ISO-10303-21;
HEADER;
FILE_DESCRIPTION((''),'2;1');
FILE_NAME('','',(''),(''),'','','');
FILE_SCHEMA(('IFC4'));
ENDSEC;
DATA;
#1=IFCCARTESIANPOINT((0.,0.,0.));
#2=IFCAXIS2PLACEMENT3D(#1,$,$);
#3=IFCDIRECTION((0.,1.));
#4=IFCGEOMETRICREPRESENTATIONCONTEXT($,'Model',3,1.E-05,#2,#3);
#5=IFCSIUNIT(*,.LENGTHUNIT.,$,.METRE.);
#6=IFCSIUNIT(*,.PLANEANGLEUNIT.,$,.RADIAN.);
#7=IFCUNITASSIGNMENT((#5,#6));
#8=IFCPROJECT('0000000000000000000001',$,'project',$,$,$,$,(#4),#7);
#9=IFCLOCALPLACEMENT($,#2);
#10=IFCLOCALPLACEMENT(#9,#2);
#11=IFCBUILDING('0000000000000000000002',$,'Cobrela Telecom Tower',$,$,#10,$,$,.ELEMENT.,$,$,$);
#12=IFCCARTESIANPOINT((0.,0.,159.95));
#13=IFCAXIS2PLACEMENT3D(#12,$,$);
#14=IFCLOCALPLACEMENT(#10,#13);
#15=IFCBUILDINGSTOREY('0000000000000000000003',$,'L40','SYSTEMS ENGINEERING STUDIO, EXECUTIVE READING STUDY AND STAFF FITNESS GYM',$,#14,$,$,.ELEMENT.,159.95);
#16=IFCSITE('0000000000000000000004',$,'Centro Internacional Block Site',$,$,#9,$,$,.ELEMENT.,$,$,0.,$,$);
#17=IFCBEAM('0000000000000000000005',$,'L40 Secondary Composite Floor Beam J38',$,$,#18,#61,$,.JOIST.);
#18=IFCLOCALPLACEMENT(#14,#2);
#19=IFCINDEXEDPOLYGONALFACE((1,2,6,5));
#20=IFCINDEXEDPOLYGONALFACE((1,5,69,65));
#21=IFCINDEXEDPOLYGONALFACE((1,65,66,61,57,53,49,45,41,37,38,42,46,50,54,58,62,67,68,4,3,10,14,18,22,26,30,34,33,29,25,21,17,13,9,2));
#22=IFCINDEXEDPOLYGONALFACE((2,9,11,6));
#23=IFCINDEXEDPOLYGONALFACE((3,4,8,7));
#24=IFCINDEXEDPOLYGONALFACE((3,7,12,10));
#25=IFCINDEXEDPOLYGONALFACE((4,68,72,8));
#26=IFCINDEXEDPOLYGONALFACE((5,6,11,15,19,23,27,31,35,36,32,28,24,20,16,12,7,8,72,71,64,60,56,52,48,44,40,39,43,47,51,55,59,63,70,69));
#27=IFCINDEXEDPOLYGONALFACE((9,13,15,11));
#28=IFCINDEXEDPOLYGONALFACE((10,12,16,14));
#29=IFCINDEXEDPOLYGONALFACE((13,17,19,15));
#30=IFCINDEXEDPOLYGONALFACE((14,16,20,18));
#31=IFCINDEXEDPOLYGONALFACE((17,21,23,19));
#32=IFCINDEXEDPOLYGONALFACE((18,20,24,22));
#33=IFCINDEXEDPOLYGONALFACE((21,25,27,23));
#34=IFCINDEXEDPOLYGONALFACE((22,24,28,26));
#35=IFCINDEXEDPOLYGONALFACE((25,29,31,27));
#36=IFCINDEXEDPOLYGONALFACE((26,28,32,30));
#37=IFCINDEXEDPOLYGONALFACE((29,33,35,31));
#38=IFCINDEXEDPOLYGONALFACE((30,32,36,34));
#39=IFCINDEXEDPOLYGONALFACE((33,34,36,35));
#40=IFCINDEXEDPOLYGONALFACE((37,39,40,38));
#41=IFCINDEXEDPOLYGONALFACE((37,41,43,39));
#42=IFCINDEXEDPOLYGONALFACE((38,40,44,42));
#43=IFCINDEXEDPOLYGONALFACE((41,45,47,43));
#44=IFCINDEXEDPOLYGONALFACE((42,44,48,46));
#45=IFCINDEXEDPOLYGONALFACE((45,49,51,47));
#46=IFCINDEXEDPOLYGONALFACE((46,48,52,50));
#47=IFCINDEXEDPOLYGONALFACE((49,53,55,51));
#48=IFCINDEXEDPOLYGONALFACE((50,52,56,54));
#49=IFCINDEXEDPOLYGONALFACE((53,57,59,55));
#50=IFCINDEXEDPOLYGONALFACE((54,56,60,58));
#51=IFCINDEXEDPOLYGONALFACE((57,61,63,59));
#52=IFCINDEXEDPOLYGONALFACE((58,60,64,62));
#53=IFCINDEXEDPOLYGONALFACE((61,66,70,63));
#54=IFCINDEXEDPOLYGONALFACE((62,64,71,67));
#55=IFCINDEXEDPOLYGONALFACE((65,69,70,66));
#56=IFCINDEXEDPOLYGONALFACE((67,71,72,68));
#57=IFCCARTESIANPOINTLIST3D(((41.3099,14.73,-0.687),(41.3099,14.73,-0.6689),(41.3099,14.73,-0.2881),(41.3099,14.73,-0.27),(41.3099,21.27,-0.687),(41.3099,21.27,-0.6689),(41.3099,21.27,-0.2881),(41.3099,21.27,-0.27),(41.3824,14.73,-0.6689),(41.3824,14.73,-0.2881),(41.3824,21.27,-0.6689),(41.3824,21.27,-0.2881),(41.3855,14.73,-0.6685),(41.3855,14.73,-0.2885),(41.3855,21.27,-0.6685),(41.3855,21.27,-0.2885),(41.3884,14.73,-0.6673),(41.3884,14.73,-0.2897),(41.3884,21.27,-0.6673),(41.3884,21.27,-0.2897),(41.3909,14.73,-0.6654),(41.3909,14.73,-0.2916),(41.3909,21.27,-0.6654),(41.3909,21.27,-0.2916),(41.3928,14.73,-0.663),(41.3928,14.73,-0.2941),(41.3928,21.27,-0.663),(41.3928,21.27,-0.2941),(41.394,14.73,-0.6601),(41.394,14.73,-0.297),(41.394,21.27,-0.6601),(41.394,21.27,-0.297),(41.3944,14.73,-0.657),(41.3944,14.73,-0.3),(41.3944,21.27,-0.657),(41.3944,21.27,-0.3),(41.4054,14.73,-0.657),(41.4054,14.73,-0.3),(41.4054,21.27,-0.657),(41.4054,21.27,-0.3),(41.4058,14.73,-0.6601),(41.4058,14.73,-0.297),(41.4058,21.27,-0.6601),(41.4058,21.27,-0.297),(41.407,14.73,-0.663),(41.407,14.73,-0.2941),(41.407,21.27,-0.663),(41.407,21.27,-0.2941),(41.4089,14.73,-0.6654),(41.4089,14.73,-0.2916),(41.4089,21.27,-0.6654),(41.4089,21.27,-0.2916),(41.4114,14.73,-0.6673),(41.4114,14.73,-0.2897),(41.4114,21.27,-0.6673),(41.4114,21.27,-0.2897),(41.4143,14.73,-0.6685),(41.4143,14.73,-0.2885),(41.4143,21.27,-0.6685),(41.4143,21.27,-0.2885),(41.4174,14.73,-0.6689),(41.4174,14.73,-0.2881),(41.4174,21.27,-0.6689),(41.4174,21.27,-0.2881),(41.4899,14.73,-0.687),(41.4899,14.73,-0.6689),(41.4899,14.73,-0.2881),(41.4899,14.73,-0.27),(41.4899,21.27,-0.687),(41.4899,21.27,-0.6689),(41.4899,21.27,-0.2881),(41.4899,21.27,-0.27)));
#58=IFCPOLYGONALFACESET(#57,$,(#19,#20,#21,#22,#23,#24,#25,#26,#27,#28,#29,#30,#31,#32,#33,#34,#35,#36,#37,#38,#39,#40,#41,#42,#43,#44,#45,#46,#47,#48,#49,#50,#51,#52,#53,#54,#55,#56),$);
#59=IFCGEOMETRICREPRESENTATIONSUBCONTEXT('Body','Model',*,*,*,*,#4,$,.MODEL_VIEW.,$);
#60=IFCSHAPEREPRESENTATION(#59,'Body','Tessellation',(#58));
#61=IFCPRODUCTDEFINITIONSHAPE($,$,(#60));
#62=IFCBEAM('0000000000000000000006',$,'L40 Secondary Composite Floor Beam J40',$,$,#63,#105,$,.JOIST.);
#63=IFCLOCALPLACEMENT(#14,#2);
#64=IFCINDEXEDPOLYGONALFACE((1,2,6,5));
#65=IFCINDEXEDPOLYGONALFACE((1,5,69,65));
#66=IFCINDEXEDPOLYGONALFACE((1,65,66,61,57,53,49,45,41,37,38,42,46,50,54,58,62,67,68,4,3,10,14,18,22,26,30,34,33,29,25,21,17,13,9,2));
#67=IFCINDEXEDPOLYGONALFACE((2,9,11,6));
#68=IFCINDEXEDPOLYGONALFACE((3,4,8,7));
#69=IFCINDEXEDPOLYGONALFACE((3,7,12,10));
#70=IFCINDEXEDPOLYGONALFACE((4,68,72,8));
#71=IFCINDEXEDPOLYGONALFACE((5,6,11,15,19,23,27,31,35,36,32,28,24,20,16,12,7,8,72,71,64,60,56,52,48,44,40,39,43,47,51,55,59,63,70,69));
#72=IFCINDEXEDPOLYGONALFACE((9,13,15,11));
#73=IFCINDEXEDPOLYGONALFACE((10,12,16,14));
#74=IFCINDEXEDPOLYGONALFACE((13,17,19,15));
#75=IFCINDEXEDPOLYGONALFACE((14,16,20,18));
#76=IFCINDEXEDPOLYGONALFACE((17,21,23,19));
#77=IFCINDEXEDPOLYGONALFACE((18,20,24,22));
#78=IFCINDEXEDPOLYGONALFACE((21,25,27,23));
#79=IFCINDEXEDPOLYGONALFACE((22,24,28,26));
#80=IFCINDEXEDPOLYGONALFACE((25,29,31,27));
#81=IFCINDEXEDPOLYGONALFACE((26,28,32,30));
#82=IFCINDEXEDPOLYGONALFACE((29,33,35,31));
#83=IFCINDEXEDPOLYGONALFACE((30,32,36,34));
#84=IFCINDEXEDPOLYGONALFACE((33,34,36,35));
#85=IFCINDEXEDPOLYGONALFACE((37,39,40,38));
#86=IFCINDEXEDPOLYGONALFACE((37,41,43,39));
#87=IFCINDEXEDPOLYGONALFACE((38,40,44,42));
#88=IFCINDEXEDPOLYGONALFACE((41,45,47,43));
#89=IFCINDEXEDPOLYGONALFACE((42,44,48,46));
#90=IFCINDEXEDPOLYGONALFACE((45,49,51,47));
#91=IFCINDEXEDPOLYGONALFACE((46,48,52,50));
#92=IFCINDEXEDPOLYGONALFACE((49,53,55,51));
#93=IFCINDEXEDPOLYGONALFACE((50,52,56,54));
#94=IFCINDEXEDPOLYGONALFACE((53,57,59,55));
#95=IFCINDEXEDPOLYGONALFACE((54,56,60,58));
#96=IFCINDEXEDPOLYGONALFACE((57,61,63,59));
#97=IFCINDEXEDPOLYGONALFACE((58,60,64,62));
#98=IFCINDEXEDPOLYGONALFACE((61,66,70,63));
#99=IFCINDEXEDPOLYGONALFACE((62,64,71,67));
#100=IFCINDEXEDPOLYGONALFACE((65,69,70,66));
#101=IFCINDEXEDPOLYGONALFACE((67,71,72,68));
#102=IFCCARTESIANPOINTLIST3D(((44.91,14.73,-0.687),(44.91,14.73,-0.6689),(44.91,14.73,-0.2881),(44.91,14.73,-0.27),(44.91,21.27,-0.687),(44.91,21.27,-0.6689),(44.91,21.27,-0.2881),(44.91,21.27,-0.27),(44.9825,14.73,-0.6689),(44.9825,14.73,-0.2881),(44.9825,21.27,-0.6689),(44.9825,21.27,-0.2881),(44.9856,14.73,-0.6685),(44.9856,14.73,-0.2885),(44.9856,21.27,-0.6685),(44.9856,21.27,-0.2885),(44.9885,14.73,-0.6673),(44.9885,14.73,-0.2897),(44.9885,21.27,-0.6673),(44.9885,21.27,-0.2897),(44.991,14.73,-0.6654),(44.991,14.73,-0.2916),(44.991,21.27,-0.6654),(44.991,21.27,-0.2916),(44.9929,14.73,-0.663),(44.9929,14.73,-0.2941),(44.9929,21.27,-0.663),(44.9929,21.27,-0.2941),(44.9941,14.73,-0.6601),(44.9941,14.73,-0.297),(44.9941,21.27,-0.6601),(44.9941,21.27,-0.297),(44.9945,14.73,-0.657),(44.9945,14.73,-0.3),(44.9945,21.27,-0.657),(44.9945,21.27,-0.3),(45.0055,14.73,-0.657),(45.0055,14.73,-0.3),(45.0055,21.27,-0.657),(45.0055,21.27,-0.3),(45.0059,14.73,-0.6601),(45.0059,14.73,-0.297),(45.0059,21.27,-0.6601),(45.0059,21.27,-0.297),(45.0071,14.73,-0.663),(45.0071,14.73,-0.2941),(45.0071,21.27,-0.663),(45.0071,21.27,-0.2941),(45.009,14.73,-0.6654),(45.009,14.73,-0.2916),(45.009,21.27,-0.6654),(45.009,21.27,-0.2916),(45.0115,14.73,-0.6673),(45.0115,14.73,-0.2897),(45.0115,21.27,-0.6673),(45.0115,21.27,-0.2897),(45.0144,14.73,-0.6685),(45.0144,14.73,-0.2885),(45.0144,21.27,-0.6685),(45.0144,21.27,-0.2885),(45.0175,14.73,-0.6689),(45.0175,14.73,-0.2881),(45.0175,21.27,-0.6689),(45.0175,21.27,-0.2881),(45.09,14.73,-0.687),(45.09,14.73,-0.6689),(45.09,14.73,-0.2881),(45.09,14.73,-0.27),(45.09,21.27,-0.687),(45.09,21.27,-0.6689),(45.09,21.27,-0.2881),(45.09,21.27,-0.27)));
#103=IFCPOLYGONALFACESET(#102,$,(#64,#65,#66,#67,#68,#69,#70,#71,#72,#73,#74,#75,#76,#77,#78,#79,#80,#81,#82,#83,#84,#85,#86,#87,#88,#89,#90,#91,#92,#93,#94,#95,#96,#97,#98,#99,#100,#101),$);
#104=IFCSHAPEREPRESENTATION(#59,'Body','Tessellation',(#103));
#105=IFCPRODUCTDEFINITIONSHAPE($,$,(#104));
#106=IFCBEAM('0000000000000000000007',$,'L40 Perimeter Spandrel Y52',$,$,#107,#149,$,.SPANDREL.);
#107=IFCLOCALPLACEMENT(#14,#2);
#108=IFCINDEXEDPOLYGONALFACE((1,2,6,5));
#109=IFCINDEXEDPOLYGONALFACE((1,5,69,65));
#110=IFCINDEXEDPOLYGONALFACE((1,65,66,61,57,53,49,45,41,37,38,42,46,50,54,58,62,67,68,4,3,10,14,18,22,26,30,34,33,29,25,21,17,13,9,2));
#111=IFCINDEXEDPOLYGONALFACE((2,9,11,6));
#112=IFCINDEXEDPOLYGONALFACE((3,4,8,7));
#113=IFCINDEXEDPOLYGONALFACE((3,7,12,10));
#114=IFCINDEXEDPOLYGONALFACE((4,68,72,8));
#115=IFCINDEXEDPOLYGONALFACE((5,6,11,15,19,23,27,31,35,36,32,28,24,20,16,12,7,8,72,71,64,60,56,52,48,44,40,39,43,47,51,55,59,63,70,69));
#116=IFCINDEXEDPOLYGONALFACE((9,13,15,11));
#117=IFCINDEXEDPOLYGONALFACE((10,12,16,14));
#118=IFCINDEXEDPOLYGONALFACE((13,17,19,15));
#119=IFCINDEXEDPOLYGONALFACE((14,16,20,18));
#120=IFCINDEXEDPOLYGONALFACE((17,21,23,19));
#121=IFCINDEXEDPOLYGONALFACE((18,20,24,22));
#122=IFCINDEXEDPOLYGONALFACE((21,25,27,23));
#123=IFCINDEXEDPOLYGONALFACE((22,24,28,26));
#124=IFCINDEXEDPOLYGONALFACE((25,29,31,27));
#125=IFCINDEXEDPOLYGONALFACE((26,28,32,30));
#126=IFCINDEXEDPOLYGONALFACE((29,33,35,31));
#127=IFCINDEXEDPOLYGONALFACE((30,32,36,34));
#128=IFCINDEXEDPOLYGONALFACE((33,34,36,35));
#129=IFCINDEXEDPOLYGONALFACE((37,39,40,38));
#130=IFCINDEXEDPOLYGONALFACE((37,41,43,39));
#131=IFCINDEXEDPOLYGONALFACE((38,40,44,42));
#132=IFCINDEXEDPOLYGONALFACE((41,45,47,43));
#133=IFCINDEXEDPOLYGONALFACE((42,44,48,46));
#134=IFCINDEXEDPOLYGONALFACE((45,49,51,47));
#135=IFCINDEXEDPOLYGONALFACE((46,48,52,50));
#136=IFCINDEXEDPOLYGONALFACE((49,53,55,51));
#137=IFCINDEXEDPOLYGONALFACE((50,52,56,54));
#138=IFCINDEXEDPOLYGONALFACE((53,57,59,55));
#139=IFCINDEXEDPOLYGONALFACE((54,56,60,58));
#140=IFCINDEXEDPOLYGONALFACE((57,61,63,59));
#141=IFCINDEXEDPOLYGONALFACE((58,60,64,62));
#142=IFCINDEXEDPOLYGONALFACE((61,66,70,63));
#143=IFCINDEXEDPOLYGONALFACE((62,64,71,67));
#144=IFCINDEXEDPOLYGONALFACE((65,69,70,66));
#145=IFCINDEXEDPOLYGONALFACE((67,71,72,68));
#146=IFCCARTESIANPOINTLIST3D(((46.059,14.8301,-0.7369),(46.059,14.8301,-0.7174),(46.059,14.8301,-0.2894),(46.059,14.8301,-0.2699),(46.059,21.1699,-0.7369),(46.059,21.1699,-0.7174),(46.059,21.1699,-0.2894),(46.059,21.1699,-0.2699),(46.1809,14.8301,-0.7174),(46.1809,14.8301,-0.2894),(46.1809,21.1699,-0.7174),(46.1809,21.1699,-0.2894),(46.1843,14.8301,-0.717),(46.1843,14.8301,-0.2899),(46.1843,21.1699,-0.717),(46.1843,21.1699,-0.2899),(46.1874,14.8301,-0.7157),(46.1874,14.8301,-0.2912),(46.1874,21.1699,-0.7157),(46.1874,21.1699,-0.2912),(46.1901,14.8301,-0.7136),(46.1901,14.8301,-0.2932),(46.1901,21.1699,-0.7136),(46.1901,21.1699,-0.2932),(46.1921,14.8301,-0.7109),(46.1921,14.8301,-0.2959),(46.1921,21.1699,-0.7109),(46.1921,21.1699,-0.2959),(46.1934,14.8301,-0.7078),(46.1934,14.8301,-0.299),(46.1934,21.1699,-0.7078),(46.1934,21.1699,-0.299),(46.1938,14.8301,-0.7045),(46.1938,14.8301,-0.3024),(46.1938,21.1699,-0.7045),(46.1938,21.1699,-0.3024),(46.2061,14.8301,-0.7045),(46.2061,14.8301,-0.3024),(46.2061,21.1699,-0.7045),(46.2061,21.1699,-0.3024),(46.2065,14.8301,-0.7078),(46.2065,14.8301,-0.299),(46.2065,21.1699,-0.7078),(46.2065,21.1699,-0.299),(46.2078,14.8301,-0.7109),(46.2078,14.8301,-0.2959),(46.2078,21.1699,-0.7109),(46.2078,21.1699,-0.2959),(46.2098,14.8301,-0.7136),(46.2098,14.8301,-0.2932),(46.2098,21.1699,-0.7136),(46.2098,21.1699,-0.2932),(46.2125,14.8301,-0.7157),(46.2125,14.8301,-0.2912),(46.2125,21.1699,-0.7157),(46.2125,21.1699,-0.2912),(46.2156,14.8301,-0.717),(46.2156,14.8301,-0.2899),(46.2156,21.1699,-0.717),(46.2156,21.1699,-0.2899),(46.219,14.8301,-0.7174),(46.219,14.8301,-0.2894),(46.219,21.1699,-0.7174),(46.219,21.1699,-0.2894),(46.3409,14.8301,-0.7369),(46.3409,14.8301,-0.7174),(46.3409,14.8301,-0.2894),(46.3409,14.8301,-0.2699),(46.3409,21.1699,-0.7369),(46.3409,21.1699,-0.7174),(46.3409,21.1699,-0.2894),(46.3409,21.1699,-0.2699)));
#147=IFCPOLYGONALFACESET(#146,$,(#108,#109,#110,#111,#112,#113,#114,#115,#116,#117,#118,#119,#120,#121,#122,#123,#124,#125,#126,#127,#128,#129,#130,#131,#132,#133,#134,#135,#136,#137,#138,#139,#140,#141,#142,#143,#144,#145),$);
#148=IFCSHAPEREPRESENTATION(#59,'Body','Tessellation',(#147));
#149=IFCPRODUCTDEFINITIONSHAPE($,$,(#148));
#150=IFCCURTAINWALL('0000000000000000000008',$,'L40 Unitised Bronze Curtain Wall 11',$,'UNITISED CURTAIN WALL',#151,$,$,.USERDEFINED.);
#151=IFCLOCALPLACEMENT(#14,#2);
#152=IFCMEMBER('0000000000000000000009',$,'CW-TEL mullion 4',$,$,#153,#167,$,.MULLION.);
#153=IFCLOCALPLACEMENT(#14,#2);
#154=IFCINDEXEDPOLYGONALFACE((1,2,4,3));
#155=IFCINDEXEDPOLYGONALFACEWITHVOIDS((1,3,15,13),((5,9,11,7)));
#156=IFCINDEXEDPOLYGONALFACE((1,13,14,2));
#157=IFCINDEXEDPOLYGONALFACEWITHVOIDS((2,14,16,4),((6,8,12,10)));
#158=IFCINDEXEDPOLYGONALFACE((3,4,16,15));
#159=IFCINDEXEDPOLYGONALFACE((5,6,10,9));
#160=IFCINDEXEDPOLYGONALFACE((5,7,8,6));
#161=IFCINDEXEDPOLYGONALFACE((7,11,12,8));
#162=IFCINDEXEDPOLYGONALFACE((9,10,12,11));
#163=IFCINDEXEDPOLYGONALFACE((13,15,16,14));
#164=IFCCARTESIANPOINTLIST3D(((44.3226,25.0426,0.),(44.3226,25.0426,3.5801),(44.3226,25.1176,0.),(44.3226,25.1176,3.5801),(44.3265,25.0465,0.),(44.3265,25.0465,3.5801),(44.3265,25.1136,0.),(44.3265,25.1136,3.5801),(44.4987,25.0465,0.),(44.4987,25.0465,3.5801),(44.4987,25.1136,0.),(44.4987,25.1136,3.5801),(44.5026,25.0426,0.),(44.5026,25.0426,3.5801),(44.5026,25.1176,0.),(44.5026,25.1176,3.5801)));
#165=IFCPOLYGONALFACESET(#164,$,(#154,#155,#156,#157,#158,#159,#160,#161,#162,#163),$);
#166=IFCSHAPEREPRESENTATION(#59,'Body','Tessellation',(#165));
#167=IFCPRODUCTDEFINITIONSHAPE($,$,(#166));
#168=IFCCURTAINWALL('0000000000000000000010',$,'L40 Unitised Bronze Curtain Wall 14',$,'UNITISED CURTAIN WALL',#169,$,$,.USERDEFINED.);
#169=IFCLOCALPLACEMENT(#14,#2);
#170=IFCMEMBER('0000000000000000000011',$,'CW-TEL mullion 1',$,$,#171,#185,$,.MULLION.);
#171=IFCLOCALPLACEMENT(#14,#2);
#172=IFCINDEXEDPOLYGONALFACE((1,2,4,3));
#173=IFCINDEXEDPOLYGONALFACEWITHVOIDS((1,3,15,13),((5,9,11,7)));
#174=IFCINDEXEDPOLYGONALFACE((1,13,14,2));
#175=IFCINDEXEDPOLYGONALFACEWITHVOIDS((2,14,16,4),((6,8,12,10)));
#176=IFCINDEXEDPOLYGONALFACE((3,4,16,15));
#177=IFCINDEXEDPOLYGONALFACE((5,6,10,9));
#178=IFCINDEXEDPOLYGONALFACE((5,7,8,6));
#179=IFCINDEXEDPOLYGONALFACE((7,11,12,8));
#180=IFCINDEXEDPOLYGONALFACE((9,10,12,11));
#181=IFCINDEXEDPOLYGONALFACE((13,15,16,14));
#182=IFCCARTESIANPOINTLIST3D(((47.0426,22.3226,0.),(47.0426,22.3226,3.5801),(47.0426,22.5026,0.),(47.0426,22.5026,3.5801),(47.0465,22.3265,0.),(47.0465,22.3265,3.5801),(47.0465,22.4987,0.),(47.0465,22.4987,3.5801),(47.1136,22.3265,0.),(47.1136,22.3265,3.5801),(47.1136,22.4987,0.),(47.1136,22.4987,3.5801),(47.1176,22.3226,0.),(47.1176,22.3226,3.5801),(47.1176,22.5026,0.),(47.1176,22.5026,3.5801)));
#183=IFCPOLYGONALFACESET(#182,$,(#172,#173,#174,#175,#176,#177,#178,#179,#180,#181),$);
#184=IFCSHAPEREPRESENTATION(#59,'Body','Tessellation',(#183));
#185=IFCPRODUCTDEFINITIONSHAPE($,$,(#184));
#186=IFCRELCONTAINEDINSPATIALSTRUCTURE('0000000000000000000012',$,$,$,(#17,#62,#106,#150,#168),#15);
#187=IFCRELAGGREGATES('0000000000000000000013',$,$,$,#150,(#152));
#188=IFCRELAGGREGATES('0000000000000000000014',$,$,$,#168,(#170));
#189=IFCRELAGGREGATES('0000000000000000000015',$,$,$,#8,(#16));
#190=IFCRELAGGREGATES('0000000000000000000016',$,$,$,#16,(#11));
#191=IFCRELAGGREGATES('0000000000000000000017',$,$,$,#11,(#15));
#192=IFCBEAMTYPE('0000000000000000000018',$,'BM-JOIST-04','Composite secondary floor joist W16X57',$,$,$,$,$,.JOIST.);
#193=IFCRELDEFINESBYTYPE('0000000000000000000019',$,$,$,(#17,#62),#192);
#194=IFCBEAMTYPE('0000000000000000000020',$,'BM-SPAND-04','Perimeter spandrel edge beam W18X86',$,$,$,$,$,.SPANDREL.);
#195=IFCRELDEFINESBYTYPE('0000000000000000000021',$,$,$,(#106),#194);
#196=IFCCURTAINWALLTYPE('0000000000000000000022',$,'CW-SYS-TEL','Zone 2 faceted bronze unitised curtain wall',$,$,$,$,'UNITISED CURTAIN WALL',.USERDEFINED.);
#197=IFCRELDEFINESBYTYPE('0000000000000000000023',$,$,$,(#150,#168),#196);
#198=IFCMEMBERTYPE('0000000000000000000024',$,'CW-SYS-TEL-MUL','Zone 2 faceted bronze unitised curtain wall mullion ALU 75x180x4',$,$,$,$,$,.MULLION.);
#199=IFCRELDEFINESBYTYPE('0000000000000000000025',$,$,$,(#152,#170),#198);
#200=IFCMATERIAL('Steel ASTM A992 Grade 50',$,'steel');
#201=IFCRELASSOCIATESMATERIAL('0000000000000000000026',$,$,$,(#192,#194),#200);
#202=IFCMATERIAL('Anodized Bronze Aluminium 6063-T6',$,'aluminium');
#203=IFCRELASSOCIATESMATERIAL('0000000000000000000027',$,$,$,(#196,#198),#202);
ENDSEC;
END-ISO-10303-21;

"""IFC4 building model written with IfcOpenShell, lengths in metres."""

from ifc_helpers import new_model, si_unit, direction, frame, origin, origin_2d, place, context, subcontext, project, spatial, hollow_rectangle, i_section, extrude, material, material_profile, profile_set, type_object, element, aggregate, save


model = new_model("IFC4")

# Units and contexts
model_context = context("Model", 3, precision=1e-05, world=origin(), true_north=direction((0.0, 1.0)))
body_context = subcontext(model_context, "Body", "Model", "MODEL_VIEW")
ifc_project = project(units=[si_unit("LENGTHUNIT", "METRE"), si_unit("PLANEANGLEUNIT", "RADIAN")], contexts=[model_context])

# Site, building, storey
site_placement = place(None, origin())
site = spatial("IfcSite", under=ifc_project, at=site_placement, Name="Centro Internacional Block Site", CompositionType="ELEMENT", RefElevation=0.0)
building_placement = place(site_placement, origin())
building = spatial("IfcBuilding", under=site, at=building_placement, Name="Cobrela Telecom Tower", CompositionType="ELEMENT")
storey_placement = place(building_placement, frame((0.0, 0.0, 159.95)))
storey = spatial("IfcBuildingStorey", under=building, at=storey_placement, Name="L40", Description="SYSTEMS ENGINEERING STUDIO, EXECUTIVE READING STUDY AND STAFF FITNESS GYM", CompositionType="ELEMENT", Elevation=159.95)

# Beams
ifc_material_1 = material(Name="Steel ASTM A992 Grade 50", Category="steel")
ifc_material_profile_1 = material_profile(ifc_material_1, i_section(OverallWidth=0.1799, OverallDepth=0.417, WebThickness=0.011, FlangeThickness=0.0181, FilletRadius=0.012, at=origin_2d()), Name="W16X57")
ifc_profile_set_1 = profile_set([ifc_material_profile_1], Name="Steel ASTM A992 Grade 50")
beam_type_1 = type_object("IfcBeamType", Name="BM-JOIST-04", Description="Composite secondary floor joist W16X57", PredefinedType="JOIST", material=ifc_profile_set_1)
for number, where, z_axis, x_axis, name in (
    (1, (41.3999, 14.73, -0.4785), (0.0, 1.0, 0.0), (-1.0, 0.0, 0.0), "L40 Secondary Composite Floor Beam J38"),
    (2, (45.0, 14.73, -0.4785), (0.0, 1.0, 0.0), (-1.0, 0.0, 0.0), "L40 Secondary Composite Floor Beam J40"),
):
    element("IfcBeam", number, at=place(storey_placement, frame(where, z_axis=z_axis, x_axis=x_axis)), inside=storey, type_object=beam_type_1, Name=name, PredefinedType="JOIST", context=body_context, shape_type="SweptSolid", body=[
        extrude(i_section(OverallWidth=0.1799, OverallDepth=0.417, WebThickness=0.011, FlangeThickness=0.0181, FilletRadius=0.012, at=origin_2d()), origin(), (0.0, 0.0, 1.0), 6.54),
    ])
ifc_material_profile_2 = material_profile(ifc_material_1, i_section(OverallWidth=0.282, OverallDepth=0.467, WebThickness=0.0122, FlangeThickness=0.0195, FilletRadius=0.0129, at=origin_2d()), Name="W18X86")
ifc_profile_set_2 = profile_set([ifc_material_profile_2], Name="Steel ASTM A992 Grade 50")
beam_type_2 = type_object("IfcBeamType", Name="BM-SPAND-04", Description="Perimeter spandrel edge beam W18X86", PredefinedType="SPANDREL", material=ifc_profile_set_2)
beam_1_placement = place(storey_placement, frame((46.2, 14.8301, -0.5034), z_axis=(0.0, 1.0, 0.0), x_axis=(-1.0, 0.0, 0.0)))
element("IfcBeam", 3, at=beam_1_placement, inside=storey, type_object=beam_type_2, Name="L40 Perimeter Spandrel Y52", PredefinedType="SPANDREL", context=body_context, shape_type="SweptSolid", body=[
    extrude(i_section(OverallWidth=0.282, OverallDepth=0.467, WebThickness=0.0122, FlangeThickness=0.0195, FilletRadius=0.0129, at=origin_2d()), origin(), (0.0, 0.0, 1.0), 6.3398),
])

# Curtain wall, member
ifc_material_2 = material(Name="Anodized Bronze Aluminium 6063-T6", Category="aluminium")
curtain_wall_type = type_object("IfcCurtainWallType", Name="CW-SYS-TEL", Description="Zone 2 faceted bronze unitised curtain wall", ElementType="UNITISED CURTAIN WALL", PredefinedType="USERDEFINED", material=ifc_material_2)
curtain_wall_1_placement = place(storey_placement, origin())
curtain_wall_1 = element("IfcCurtainWall", 4, at=curtain_wall_1_placement, inside=storey, type_object=curtain_wall_type, Name="L40 Unitised Bronze Curtain Wall 11", ObjectType="UNITISED CURTAIN WALL", PredefinedType="USERDEFINED")
ifc_material_profile_3 = material_profile(ifc_material_2, hollow_rectangle(XDim=0.075, YDim=0.1799, WallThickness=0.0039, at=origin_2d()), Name="ALU 75x180x4")
ifc_profile_set_3 = profile_set([ifc_material_profile_3], Name="Anodized Bronze Aluminium 6063-T6")
member_type_1 = type_object("IfcMemberType", Name="CW-SYS-TEL-MUL", Description="Zone 2 faceted bronze unitised curtain wall mullion ALU 75x180x4", PredefinedType="MULLION", material=ifc_profile_set_3)
member_1_placement = place(storey_placement, frame((44.4126, 25.0801, 0.0), z_axis=(0.0, 0.0, 1.0), x_axis=(0.0, 1.0, 0.0)))
member_1 = element("IfcMember", 5, at=member_1_placement, type_object=member_type_1, Name="CW-TEL mullion 4", PredefinedType="MULLION", context=body_context, shape_type="SweptSolid", body=[
    extrude(hollow_rectangle(XDim=0.075, YDim=0.1799, WallThickness=0.0039, at=origin_2d()), origin(), (0.0, 0.0, 1.0), 3.5801),
])

# Curtain wall, member
curtain_wall_2_placement = place(storey_placement, origin())
curtain_wall_2 = element("IfcCurtainWall", 6, at=curtain_wall_2_placement, inside=storey, type_object=curtain_wall_type, Name="L40 Unitised Bronze Curtain Wall 14", ObjectType="UNITISED CURTAIN WALL", PredefinedType="USERDEFINED")
member_2_placement = place(storey_placement, frame((47.0801, 22.4126, 0.0), z_axis=(0.0, 0.0, 1.0), x_axis=(1.0, 0.0, 0.0)))
member_2 = element("IfcMember", 7, at=member_2_placement, type_object=member_type_1, Name="CW-TEL mullion 1", PredefinedType="MULLION", context=body_context, shape_type="SweptSolid", body=[
    extrude(hollow_rectangle(XDim=0.075, YDim=0.1799, WallThickness=0.0039, at=origin_2d()), origin(), (0.0, 0.0, 1.0), 3.5801),
])

aggregate(curtain_wall_1, [member_1])
aggregate(curtain_wall_2, [member_2])

save(model, "model.ifc")
